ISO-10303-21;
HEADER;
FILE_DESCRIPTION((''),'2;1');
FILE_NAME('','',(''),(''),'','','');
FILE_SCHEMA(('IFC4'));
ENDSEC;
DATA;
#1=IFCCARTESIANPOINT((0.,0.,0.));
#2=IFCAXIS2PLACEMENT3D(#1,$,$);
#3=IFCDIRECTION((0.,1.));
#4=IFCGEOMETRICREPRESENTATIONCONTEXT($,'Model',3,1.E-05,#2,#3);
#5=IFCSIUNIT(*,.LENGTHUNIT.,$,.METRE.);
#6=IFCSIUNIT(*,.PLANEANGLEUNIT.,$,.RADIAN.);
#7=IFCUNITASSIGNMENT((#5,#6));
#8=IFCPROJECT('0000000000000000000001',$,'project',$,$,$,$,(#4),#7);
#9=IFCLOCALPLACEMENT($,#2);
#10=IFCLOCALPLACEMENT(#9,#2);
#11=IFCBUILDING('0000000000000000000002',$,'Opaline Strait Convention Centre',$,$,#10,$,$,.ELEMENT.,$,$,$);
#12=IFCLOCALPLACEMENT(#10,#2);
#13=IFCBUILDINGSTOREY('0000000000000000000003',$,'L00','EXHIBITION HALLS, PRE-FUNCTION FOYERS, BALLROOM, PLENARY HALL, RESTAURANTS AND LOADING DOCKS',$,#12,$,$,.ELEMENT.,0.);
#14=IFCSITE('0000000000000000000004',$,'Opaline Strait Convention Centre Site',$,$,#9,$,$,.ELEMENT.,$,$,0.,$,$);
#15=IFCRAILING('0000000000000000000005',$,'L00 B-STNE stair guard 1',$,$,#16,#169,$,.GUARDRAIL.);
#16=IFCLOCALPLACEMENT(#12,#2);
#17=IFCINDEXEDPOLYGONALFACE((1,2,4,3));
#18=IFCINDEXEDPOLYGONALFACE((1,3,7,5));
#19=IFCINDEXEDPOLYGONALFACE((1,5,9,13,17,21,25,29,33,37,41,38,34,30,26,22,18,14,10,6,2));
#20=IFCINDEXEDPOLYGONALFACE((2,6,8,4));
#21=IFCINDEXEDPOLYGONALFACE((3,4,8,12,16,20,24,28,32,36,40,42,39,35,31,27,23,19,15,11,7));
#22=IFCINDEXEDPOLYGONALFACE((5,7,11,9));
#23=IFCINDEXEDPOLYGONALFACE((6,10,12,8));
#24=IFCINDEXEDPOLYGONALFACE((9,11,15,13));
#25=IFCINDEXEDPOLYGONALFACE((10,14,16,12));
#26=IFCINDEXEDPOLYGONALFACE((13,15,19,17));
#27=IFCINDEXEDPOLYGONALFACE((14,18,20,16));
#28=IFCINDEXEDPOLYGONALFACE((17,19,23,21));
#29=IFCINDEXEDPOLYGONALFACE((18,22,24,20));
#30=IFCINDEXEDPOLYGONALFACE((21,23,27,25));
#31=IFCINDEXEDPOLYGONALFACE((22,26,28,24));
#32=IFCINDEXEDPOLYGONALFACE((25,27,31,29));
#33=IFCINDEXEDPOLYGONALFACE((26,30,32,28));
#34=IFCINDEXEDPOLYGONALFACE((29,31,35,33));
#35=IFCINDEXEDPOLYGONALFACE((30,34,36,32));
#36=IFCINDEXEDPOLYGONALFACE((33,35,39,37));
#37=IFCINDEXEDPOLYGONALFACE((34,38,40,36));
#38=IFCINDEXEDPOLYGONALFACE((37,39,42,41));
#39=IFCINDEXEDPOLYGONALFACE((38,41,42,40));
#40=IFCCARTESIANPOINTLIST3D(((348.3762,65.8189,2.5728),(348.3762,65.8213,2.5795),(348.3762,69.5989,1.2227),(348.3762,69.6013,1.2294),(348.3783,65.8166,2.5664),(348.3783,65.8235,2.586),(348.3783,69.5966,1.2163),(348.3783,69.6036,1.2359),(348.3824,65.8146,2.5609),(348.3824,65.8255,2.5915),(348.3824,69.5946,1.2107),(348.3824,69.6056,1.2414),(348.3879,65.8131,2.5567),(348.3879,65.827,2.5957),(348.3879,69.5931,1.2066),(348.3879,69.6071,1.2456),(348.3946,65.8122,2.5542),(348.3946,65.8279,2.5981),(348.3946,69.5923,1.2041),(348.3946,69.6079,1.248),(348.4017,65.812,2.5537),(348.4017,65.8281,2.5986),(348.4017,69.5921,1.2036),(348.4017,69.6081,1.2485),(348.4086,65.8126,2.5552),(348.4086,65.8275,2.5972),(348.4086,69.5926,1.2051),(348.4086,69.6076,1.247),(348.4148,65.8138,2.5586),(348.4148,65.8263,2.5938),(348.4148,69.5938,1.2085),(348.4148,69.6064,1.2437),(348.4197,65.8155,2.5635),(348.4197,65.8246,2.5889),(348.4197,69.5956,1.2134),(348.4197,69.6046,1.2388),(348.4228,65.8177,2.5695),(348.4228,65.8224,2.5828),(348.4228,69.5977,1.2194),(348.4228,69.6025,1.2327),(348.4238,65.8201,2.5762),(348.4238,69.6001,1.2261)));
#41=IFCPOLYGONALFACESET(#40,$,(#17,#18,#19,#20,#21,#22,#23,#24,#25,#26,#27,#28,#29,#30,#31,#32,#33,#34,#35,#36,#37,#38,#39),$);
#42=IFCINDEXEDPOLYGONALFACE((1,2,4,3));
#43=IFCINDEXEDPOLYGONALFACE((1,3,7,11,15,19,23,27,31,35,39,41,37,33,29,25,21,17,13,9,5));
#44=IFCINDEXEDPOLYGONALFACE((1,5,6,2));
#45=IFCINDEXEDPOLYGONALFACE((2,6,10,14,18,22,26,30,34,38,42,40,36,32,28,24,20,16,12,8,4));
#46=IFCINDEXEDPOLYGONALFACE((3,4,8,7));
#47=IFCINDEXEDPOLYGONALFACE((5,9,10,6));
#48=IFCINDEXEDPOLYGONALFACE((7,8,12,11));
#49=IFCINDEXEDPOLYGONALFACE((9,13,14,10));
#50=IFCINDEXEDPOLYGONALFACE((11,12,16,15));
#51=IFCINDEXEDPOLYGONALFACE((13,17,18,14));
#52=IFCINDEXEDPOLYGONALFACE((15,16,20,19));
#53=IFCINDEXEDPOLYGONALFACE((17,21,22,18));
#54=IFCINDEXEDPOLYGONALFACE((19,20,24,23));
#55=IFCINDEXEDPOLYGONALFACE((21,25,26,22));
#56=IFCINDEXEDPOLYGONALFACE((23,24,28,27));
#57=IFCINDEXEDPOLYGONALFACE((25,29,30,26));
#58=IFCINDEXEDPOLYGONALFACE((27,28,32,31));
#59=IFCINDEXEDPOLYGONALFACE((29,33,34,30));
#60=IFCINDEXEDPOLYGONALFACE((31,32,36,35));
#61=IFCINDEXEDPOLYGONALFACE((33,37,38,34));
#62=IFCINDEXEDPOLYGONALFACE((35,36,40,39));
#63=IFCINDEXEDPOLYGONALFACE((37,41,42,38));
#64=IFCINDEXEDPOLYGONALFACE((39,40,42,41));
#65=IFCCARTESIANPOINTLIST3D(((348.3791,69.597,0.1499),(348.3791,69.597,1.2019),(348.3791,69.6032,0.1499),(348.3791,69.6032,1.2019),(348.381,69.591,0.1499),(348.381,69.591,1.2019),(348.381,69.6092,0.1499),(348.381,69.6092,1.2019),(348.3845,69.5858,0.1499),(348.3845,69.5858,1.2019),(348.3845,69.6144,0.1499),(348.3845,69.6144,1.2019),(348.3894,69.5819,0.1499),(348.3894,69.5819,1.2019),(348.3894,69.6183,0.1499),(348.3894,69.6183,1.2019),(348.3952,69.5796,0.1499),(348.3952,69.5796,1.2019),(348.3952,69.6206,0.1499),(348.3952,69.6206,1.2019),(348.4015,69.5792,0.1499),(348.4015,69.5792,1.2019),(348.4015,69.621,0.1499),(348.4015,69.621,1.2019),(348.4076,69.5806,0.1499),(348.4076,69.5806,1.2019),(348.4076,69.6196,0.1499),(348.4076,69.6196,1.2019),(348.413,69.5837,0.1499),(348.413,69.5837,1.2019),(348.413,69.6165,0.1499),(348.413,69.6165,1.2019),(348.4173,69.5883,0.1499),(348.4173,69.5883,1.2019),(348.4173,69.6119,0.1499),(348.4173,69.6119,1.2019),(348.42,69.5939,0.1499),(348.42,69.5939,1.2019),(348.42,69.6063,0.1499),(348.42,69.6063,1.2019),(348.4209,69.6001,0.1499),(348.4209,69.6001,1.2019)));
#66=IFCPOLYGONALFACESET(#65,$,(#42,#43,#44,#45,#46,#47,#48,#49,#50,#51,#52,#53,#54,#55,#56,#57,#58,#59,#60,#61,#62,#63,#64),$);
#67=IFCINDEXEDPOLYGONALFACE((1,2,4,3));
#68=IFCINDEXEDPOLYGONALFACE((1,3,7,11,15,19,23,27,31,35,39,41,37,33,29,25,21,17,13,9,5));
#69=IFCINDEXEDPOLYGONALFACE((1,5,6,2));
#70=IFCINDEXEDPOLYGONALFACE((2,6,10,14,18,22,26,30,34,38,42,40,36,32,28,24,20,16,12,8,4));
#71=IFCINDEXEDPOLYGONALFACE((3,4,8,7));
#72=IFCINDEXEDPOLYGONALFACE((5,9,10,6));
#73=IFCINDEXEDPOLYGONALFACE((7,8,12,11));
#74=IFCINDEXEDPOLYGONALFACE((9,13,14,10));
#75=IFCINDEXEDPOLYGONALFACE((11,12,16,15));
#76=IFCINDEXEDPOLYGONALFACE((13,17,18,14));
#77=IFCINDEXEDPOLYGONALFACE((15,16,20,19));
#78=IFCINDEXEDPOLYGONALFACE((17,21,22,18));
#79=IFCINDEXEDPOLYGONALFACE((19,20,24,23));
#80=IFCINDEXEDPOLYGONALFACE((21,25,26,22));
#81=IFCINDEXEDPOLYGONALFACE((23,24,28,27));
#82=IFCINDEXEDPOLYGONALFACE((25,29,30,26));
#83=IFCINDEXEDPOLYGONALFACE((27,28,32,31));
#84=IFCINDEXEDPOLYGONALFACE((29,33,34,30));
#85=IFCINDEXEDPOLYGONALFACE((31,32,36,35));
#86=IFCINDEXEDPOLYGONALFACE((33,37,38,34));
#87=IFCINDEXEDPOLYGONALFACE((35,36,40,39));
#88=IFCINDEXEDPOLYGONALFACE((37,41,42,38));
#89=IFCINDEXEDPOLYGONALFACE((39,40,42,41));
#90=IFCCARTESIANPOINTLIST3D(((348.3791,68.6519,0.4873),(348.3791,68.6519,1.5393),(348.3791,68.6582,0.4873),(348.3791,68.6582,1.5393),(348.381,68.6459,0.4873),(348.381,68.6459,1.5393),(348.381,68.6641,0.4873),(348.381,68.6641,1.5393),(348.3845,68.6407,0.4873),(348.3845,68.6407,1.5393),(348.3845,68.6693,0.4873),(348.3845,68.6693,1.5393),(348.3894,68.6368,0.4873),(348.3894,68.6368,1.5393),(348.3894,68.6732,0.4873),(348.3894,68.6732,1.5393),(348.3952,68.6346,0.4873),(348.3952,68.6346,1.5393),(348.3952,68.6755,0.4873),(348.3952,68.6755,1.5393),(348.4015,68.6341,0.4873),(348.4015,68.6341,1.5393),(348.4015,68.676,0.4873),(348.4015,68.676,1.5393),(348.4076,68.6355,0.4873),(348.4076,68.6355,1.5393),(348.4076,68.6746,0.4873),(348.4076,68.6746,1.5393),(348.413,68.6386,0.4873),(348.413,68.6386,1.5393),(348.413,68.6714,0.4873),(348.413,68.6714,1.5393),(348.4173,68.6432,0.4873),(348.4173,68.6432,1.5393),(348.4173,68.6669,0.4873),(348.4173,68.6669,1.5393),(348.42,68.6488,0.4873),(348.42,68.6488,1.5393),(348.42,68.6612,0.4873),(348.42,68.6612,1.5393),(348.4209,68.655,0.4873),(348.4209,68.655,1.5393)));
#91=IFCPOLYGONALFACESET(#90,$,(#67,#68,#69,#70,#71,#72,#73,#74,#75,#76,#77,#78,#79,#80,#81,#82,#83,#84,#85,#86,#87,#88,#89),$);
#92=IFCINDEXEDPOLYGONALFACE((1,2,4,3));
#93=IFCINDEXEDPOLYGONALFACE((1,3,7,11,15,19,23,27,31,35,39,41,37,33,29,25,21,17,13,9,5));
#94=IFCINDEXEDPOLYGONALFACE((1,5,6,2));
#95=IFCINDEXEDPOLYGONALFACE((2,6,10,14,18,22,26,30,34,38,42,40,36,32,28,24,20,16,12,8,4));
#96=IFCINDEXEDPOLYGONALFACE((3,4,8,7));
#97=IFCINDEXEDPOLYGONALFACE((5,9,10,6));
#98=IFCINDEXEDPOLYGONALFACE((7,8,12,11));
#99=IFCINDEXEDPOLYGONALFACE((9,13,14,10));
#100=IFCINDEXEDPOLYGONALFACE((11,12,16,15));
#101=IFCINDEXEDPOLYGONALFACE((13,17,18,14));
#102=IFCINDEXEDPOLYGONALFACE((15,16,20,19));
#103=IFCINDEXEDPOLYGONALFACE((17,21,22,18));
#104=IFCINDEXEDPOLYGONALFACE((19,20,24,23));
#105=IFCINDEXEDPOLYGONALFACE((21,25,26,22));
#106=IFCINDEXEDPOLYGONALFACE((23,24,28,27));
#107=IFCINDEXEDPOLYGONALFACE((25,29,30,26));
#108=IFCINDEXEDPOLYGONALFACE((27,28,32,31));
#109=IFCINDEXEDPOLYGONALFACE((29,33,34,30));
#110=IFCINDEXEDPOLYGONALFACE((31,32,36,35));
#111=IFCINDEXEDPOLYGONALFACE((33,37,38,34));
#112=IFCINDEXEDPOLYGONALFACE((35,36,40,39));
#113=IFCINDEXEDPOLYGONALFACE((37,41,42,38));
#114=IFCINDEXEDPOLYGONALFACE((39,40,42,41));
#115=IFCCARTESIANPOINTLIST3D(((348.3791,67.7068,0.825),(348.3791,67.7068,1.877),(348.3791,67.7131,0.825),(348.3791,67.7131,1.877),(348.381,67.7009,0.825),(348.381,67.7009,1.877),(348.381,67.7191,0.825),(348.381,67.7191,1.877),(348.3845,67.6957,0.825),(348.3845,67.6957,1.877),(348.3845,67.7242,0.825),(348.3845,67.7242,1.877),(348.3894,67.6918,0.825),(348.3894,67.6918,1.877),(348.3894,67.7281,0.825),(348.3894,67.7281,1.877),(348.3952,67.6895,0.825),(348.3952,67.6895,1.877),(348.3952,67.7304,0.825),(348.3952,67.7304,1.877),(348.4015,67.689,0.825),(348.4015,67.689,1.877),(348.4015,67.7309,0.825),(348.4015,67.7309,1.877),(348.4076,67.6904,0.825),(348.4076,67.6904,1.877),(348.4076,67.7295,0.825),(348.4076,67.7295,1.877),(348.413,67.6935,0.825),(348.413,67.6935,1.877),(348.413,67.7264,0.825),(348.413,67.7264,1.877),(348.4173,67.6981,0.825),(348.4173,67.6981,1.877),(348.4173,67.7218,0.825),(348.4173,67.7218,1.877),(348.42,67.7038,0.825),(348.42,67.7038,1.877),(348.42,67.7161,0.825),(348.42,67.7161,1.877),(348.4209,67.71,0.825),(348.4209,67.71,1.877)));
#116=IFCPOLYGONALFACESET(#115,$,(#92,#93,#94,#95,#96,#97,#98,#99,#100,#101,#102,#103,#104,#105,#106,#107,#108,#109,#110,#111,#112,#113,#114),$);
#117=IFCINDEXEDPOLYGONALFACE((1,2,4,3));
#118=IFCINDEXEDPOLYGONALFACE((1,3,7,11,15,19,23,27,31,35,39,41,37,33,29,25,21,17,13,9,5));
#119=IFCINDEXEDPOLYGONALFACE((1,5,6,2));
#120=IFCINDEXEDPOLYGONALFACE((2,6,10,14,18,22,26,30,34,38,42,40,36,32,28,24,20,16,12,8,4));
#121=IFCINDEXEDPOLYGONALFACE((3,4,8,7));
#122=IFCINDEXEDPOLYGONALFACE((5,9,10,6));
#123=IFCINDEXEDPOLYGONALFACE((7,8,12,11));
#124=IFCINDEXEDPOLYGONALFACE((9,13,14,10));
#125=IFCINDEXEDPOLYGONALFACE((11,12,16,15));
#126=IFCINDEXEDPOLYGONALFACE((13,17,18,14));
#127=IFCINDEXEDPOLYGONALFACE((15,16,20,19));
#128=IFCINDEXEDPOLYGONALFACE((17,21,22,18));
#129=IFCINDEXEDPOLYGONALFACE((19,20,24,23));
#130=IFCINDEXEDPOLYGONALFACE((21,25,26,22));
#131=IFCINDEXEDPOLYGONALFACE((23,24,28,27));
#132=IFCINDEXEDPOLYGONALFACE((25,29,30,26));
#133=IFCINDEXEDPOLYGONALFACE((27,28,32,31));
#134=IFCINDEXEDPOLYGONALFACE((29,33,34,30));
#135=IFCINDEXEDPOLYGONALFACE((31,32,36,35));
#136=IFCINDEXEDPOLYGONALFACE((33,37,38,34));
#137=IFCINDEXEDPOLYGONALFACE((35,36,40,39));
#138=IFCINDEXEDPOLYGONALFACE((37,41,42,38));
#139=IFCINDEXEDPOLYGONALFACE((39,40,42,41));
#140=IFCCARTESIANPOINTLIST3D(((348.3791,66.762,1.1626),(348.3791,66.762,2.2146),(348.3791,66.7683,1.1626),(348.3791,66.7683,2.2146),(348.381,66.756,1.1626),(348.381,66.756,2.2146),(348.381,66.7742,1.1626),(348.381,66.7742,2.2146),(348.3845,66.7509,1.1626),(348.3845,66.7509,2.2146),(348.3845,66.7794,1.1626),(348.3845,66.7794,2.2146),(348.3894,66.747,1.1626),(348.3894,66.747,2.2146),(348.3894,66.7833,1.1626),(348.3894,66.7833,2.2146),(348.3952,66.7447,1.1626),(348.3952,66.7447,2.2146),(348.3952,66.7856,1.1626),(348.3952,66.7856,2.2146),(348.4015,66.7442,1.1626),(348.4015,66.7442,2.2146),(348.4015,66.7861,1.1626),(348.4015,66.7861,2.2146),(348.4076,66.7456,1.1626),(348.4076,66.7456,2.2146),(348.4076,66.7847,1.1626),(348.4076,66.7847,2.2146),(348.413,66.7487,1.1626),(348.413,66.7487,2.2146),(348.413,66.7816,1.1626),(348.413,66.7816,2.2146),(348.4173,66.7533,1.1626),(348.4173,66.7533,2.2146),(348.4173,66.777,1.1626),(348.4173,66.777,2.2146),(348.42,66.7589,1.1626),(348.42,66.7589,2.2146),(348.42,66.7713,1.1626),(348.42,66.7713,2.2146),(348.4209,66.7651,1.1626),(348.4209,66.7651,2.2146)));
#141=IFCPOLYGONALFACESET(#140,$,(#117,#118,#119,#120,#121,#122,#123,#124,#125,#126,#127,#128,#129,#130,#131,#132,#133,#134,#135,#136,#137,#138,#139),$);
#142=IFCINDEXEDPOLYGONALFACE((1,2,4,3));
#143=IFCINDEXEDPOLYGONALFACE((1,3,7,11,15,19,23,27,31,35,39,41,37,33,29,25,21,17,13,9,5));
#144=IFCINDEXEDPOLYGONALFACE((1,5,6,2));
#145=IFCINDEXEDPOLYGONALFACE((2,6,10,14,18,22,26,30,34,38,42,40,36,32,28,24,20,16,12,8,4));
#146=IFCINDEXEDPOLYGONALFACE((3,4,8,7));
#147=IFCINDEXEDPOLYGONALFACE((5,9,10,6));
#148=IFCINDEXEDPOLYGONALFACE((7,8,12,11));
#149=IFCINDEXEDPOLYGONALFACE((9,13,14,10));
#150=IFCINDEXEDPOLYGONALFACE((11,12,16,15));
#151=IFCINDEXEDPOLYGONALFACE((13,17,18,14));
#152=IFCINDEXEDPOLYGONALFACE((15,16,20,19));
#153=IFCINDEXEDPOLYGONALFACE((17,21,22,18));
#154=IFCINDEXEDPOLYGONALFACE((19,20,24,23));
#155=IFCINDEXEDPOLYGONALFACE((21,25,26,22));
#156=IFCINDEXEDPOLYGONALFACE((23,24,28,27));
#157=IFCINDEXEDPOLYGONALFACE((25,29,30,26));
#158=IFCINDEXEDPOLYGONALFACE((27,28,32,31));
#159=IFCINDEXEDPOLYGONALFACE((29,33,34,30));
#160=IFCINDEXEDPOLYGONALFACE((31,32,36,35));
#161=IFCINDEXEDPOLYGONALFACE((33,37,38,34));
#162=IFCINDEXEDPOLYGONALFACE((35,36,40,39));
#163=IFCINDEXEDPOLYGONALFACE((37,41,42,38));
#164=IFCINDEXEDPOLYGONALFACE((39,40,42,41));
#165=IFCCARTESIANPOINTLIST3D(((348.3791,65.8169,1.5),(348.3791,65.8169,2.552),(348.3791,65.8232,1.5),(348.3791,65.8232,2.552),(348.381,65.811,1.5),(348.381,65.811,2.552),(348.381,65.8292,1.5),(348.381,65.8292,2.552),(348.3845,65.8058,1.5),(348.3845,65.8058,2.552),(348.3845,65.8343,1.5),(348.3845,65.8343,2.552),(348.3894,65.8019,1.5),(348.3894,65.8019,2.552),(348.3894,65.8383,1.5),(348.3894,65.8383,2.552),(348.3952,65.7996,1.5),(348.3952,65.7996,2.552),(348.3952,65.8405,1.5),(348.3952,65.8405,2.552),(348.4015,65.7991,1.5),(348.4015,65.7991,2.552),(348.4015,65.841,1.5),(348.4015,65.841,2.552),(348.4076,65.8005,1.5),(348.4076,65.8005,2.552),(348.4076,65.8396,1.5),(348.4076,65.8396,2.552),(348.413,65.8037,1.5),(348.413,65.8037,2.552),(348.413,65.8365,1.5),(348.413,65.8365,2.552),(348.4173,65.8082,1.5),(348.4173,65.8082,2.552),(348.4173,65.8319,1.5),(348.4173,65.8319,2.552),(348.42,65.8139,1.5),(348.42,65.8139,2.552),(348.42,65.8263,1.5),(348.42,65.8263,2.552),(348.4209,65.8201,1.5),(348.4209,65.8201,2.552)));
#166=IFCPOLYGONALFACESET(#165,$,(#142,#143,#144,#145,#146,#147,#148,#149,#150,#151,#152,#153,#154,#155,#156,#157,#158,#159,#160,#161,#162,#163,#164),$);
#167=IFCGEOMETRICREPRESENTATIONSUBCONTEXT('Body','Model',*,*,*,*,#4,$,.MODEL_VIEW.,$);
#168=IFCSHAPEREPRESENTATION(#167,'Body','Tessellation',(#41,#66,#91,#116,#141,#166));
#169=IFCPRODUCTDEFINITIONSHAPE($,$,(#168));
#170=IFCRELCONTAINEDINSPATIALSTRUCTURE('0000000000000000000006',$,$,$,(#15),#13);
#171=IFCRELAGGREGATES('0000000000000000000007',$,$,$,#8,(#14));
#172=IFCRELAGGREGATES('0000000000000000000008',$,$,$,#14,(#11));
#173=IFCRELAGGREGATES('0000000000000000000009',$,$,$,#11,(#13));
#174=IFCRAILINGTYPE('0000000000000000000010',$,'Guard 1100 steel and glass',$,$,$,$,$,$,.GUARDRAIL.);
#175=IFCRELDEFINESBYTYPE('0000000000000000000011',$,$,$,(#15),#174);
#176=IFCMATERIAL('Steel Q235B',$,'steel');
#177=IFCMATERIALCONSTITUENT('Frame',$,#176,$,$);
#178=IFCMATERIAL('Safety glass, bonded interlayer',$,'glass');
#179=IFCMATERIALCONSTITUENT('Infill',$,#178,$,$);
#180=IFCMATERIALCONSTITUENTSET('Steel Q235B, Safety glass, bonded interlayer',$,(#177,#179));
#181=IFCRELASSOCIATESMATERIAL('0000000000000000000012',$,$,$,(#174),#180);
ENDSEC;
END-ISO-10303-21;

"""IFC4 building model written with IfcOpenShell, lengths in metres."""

from ifc_helpers import new_model, si_unit, direction, frame, origin, origin_2d, place, context, subcontext, project, spatial, circle, extrude, material, constituent, constituent_set, type_object, element, save


model = new_model("IFC4")

# Units and contexts
model_context = context("Model", 3, precision=1e-05, world=origin(), true_north=direction((0.0, 1.0)))
body_context = subcontext(model_context, "Body", "Model", "MODEL_VIEW")
ifc_project = project(units=[si_unit("LENGTHUNIT", "METRE"), si_unit("PLANEANGLEUNIT", "RADIAN")], contexts=[model_context])

# Site, building, storey
site_placement = place(None, origin())
site = spatial("IfcSite", under=ifc_project, at=site_placement, Name="Opaline Strait Convention Centre Site", CompositionType="ELEMENT", RefElevation=0.0)
building_placement = place(site_placement, origin())
building = spatial("IfcBuilding", under=site, at=building_placement, Name="Opaline Strait Convention Centre", CompositionType="ELEMENT")
storey_placement = place(building_placement, origin())
storey = spatial("IfcBuildingStorey", under=building, at=storey_placement, Name="L00", Description="EXHIBITION HALLS, PRE-FUNCTION FOYERS, BALLROOM, PLENARY HALL, RESTAURANTS AND LOADING DOCKS", CompositionType="ELEMENT", Elevation=0.0)

# Shared definitions
ifc_material_1 = material(Name="Steel Q235B", Category="steel")

# Railing
ifc_constituent_1 = constituent(ifc_material_1, Name="Frame")
ifc_material_2 = material(Name="Safety glass, bonded interlayer", Category="glass")
ifc_constituent_2 = constituent(ifc_material_2, Name="Infill")
ifc_constituent_set = constituent_set(constituents=[ifc_constituent_1, ifc_constituent_2], Name="Steel Q235B, Safety glass, bonded interlayer")
railing_type_1 = type_object("IfcRailingType", Name="Guard 1100 steel and glass", PredefinedType="GUARDRAIL", material=ifc_constituent_set)
railing_1_placement = place(storey_placement, frame((348.3999, 69.6001, 0.1499)))
element("IfcRailing", 1, at=railing_1_placement, inside=storey, type_object=railing_type_1, Name="L00 B-STNE stair guard 1", PredefinedType="GUARDRAIL", context=body_context, shape_type="SweptSolid", body=[
    extrude(circle(Radius=0.0239, at=origin_2d()), frame((0.0, 0.0, 1.0762), z_axis=(0.0, -0.941735, 0.336356), x_axis=(1.0, 0.0, 0.0)), (0.0, 0.0, 1.0), 4.0139),
    extrude(circle(Radius=0.021, at=origin_2d()), origin(), (0.0, 0.0, 1.0), 1.052),
    extrude(circle(Radius=0.021, at=origin_2d()), frame((0.0, -0.9451, 0.3374)), (0.0, 0.0, 1.0), 1.052),
    extrude(circle(Radius=0.021, at=origin_2d()), frame((0.0, -1.8901, 0.675)), (0.0, 0.0, 1.0), 1.052),
    extrude(circle(Radius=0.021, at=origin_2d()), frame((0.0, -2.835, 1.0127)), (0.0, 0.0, 1.0), 1.052),
    extrude(circle(Radius=0.021, at=origin_2d()), frame((0.0, -3.78, 1.3501)), (0.0, 0.0, 1.0), 1.052),
])

save(model, "model.ifc")
